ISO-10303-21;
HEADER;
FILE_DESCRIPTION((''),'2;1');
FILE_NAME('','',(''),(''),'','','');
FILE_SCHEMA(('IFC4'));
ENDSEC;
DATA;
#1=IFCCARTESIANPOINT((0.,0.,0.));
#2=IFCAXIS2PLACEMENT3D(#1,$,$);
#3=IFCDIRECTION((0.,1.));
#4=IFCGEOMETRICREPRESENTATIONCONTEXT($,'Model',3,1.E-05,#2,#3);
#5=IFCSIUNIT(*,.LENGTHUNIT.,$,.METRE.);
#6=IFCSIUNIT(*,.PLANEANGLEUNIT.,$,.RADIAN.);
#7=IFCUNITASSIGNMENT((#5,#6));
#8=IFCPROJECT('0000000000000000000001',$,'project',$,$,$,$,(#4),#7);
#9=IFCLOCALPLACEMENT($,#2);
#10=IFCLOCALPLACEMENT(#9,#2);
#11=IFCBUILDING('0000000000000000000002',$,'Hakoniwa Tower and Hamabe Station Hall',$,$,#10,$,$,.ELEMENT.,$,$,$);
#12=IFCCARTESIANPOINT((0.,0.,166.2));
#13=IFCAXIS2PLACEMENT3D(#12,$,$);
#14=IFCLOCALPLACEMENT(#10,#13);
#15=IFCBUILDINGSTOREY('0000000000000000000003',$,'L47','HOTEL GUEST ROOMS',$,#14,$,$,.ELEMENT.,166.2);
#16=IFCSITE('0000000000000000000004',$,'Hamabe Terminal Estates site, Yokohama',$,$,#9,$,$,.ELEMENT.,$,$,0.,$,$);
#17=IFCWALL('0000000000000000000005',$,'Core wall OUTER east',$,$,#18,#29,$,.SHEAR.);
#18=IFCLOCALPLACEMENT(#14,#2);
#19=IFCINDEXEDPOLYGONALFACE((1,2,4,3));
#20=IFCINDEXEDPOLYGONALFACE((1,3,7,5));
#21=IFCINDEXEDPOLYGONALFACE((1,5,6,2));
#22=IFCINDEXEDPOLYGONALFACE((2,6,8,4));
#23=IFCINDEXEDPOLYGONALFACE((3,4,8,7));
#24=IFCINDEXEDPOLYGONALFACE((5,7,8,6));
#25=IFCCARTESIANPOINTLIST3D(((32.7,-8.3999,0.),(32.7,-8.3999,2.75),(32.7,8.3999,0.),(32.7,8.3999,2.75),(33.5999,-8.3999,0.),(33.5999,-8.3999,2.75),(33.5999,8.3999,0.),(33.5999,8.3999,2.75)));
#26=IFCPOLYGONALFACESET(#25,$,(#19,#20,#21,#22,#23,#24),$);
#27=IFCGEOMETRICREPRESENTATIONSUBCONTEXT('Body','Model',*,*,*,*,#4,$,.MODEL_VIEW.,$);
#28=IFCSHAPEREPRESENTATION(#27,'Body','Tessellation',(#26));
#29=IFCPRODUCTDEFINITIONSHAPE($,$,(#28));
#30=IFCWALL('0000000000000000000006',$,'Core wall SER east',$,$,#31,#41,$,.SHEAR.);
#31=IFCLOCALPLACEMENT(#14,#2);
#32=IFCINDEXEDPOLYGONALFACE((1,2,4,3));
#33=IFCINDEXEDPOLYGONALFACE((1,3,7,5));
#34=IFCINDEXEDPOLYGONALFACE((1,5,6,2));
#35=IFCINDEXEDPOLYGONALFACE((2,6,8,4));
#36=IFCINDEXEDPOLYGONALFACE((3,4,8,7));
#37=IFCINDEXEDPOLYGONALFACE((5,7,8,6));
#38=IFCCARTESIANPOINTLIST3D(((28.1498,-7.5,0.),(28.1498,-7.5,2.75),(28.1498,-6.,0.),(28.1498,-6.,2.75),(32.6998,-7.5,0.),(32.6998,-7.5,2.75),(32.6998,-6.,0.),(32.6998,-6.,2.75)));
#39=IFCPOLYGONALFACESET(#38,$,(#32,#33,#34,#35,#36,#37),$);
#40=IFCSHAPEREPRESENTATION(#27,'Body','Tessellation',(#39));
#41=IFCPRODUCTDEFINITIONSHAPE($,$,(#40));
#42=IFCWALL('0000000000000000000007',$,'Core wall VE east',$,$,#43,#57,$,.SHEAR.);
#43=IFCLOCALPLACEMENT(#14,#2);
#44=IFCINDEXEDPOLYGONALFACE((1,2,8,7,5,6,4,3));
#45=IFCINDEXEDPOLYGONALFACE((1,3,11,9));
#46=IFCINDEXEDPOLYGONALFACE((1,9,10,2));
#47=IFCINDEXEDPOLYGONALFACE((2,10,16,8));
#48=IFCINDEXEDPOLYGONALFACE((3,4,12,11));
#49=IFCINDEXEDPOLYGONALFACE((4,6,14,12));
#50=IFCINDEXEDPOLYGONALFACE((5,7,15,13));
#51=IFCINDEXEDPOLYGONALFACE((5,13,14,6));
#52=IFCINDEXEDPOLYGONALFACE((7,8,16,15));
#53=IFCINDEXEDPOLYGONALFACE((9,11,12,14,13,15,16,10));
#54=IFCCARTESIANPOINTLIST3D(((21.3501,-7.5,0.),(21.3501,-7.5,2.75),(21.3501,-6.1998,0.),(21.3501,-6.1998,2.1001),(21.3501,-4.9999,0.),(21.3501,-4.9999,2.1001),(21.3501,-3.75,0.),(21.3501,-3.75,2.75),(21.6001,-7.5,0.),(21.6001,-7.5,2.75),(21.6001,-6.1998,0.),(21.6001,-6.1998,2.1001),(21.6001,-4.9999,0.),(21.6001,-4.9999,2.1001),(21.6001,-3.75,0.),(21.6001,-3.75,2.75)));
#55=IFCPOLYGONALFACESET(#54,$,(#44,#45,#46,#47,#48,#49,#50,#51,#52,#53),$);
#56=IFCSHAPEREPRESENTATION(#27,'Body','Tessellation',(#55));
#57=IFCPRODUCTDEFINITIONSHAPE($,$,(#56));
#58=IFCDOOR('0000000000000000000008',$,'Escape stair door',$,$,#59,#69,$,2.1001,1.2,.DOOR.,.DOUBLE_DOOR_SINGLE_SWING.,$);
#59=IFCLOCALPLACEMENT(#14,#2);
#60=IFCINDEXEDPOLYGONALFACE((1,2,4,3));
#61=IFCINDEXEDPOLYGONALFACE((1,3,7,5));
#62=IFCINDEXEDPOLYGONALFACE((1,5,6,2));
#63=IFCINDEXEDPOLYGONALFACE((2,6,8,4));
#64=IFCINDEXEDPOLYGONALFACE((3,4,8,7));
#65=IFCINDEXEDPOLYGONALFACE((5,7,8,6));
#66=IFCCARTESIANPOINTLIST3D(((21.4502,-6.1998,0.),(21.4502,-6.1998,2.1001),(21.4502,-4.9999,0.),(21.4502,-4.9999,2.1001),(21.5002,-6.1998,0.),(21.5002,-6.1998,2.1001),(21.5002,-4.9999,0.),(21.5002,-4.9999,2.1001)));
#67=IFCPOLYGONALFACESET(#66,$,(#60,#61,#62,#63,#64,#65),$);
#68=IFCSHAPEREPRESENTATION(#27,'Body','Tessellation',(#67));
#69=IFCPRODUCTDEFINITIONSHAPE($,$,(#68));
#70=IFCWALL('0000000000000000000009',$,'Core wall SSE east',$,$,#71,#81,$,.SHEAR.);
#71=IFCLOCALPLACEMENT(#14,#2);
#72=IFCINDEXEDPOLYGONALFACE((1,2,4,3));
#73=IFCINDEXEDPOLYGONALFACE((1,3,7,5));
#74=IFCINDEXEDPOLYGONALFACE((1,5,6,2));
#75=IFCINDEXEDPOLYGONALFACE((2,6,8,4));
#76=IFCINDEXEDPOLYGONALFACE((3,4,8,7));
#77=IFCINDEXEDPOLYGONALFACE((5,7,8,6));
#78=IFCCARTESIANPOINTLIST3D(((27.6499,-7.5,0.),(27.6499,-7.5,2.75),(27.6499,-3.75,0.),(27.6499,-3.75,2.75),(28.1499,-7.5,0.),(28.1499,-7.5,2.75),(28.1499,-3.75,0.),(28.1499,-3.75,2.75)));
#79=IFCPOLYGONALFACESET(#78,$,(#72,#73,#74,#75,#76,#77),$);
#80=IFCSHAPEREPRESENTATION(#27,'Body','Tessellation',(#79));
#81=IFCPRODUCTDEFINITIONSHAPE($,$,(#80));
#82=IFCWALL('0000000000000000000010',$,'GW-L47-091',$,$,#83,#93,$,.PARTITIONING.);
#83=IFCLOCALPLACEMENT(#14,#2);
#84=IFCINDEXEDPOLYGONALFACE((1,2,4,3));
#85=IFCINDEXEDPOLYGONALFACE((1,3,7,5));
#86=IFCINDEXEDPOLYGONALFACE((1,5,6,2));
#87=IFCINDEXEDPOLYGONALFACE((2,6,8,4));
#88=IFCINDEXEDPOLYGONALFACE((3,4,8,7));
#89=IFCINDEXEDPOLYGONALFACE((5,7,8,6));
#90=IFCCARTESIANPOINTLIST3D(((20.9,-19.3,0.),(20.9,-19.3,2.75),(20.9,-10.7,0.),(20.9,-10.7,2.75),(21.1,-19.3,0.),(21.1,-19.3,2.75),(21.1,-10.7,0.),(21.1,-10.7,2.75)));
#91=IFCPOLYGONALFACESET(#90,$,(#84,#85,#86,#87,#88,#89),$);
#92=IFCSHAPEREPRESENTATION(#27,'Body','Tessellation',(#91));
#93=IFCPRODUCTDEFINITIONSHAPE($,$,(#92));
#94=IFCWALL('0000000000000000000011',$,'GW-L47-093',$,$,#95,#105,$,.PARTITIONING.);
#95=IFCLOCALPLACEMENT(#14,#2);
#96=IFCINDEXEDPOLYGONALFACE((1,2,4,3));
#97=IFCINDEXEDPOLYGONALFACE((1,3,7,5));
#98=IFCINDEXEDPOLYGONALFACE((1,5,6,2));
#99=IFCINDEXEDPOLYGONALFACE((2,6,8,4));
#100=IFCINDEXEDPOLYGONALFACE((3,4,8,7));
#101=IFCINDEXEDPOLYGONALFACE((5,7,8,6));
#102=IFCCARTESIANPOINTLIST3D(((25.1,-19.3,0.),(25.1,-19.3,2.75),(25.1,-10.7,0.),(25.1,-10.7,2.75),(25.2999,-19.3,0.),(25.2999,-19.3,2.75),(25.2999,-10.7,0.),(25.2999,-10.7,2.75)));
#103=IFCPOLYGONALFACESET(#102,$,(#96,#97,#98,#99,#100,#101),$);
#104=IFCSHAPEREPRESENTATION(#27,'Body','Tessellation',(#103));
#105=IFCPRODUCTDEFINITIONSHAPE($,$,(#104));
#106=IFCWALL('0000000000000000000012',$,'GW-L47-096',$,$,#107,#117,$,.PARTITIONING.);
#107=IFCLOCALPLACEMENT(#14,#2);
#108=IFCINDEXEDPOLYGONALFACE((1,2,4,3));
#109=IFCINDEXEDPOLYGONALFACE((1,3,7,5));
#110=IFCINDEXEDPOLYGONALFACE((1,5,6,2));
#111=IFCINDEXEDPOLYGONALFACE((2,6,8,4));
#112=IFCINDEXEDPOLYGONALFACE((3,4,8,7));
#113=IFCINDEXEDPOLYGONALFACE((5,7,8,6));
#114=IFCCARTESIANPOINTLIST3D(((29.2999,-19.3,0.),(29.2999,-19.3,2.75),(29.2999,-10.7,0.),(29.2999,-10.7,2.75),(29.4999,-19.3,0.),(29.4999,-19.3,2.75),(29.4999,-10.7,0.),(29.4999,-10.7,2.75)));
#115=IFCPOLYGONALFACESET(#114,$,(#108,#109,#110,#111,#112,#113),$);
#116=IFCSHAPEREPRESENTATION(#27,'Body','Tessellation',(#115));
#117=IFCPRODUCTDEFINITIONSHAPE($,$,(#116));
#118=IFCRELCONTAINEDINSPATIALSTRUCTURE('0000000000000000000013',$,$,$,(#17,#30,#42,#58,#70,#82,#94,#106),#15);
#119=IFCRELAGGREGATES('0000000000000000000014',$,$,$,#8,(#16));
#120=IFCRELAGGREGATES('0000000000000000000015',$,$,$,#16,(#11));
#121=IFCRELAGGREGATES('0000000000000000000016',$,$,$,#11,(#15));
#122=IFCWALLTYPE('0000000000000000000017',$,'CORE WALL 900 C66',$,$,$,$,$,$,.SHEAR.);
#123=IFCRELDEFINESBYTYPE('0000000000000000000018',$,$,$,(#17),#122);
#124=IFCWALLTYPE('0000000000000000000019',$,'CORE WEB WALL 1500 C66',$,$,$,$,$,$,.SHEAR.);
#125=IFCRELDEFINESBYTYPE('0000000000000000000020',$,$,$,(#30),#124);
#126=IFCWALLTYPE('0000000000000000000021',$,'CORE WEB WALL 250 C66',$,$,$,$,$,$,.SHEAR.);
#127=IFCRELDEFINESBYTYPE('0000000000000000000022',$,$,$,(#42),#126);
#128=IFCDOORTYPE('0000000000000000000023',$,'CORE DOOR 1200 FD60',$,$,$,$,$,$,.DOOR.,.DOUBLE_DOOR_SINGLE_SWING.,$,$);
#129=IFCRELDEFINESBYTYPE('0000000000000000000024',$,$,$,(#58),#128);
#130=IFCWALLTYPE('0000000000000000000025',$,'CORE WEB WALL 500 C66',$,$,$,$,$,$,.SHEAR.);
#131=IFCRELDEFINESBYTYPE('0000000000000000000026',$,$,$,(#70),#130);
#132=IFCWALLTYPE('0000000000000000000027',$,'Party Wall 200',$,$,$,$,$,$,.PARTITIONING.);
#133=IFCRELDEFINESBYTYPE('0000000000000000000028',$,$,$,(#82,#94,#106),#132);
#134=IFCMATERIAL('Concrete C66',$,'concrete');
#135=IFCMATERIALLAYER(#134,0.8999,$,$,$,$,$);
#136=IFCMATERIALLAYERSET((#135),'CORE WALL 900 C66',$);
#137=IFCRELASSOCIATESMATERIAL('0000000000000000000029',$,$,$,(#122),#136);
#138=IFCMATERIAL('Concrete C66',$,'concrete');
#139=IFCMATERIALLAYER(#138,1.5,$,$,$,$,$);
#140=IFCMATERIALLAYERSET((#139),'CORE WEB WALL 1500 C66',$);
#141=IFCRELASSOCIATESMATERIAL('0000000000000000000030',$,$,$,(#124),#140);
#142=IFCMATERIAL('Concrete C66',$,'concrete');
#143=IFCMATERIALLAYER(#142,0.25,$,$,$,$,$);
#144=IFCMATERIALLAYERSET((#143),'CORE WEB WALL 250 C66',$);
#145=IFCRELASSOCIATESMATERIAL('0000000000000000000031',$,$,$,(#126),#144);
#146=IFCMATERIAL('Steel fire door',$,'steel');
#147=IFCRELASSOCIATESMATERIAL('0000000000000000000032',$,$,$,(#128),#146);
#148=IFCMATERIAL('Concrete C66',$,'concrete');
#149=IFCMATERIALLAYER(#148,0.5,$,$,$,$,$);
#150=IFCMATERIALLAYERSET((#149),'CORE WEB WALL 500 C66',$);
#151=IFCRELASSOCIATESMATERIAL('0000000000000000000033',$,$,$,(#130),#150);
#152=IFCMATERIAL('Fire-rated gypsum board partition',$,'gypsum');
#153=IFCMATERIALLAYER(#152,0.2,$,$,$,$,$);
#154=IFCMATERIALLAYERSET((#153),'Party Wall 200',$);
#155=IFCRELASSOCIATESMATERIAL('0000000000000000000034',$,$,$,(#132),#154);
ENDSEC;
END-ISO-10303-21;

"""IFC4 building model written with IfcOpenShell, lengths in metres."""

from ifc_helpers import new_model, si_unit, direction, frame, frame_2d, origin, place, context, subcontext, project, spatial, rectangle, extrude, material, layer, layer_set, type_object, element, fill, save


model = new_model("IFC4")

# Units and contexts
model_context = context("Model", 3, precision=1e-05, world=origin(), true_north=direction((0.0, 1.0)))
body_context = subcontext(model_context, "Body", "Model", "MODEL_VIEW")
ifc_project = project(units=[si_unit("LENGTHUNIT", "METRE"), si_unit("PLANEANGLEUNIT", "RADIAN")], contexts=[model_context])

# Site, building, storey
site_placement = place(None, origin())
site = spatial("IfcSite", under=ifc_project, at=site_placement, Name="Hamabe Terminal Estates site, Yokohama", CompositionType="ELEMENT", RefElevation=0.0)
building_placement = place(site_placement, origin())
building = spatial("IfcBuilding", under=site, at=building_placement, Name="Hakoniwa Tower and Hamabe Station Hall", CompositionType="ELEMENT")
storey_placement = place(building_placement, frame((0.0, 0.0, 166.2)))
storey = spatial("IfcBuildingStorey", under=building, at=storey_placement, Name="L47", Description="HOTEL GUEST ROOMS", CompositionType="ELEMENT", Elevation=166.2)

# Walls
ifc_material_1 = material(Name="Concrete C66", Category="concrete")
ifc_layer_1 = layer(ifc_material_1, 0.8999)
ifc_layer_set_1 = layer_set([ifc_layer_1], Name="CORE WALL 900 C66")
wall_type_1 = type_object("IfcWallType", Name="CORE WALL 900 C66", PredefinedType="SHEAR", material=ifc_layer_set_1)
wall_1_placement = place(storey_placement, frame((33.1499, -8.3999, 0.0), z_axis=(0.0, 0.0, 1.0), x_axis=(0.0, 1.0, 0.0)))
element("IfcWall", 1, at=wall_1_placement, inside=storey, type_object=wall_type_1, Name="Core wall OUTER east", PredefinedType="SHEAR", context=body_context, shape_type="SweptSolid", body=[
    extrude(rectangle(XDim=16.7998, YDim=0.8999, at=frame_2d((8.3999, 0.0))), origin(), (0.0, 0.0, 1.0), 2.75),
])
ifc_material_2 = material(Name="Concrete C66", Category="concrete")
ifc_layer_2 = layer(ifc_material_2, 1.5)
ifc_layer_set_2 = layer_set([ifc_layer_2], Name="CORE WEB WALL 1500 C66")
wall_type_2 = type_object("IfcWallType", Name="CORE WEB WALL 1500 C66", PredefinedType="SHEAR", material=ifc_layer_set_2)
wall_2_placement = place(storey_placement, frame((28.1499, -6.75, 0.0), z_axis=(0.0, 0.0, 1.0), x_axis=(1.0, 0.0, 0.0)))
element("IfcWall", 2, at=wall_2_placement, inside=storey, type_object=wall_type_2, Name="Core wall SER east", PredefinedType="SHEAR", context=body_context, shape_type="SweptSolid", body=[
    extrude(rectangle(XDim=4.55, YDim=1.5, at=frame_2d((2.2749, 0.0))), origin(), (0.0, 0.0, 1.0), 2.75),
])

# Wall, opening, door
ifc_material_3 = material(Name="Concrete C66", Category="concrete")
ifc_layer_3 = layer(ifc_material_3, 0.25)
ifc_layer_set_3 = layer_set([ifc_layer_3], Name="CORE WEB WALL 250 C66")
wall_type_3 = type_object("IfcWallType", Name="CORE WEB WALL 250 C66", PredefinedType="SHEAR", material=ifc_layer_set_3)
wall_3_placement = place(storey_placement, frame((21.4751, -7.5, 0.0), z_axis=(0.0, 0.0, 1.0), x_axis=(0.0, 1.0, 0.0)))
wall_3 = element("IfcWall", 3, at=wall_3_placement, inside=storey, type_object=wall_type_3, Name="Core wall VE east", PredefinedType="SHEAR", context=body_context, shape_type="SweptSolid", body=[
    extrude(rectangle(XDim=3.75, YDim=0.25, at=frame_2d((1.875, 0.0))), origin(), (0.0, 0.0, 1.0), 2.75),
])
opening_1_placement = place(wall_3_placement, frame((1.3, 0.0, 0.0)))
opening_1 = element("IfcOpeningElement", 4, at=opening_1_placement, cuts=wall_3, PredefinedType="OPENING", context=body_context, shape_type="SweptSolid", body=[
    extrude(rectangle(XDim=1.2, YDim=2.1001, at=frame_2d((0.6001, 1.05))), frame((0.0, 0.135, 0.0), z_axis=(0.0, -1.0, 0.0), x_axis=(1.0, 0.0, 0.0)), (0.0, 0.0, 1.0), 0.27),
])
ifc_material_4 = material(Name="Steel fire door", Category="steel")
door_type_1 = type_object("IfcDoorType", Name="CORE DOOR 1200 FD60", OperationType="DOUBLE_DOOR_SINGLE_SWING", PredefinedType="DOOR", material=ifc_material_4)
door_1_placement = place(opening_1_placement, origin())
door_1 = element("IfcDoor", 5, at=door_1_placement, inside=storey, type_object=door_type_1, Name="Escape stair door", OperationType="DOUBLE_DOOR_SINGLE_SWING", OverallHeight=2.1001, OverallWidth=1.2, PredefinedType="DOOR", context=body_context, shape_type="SweptSolid", body=[
    extrude(rectangle(XDim=1.2, YDim=2.1001, at=frame_2d((0.6001, 1.05))), frame((0.0, 0.0249, 0.0), z_axis=(0.0, -1.0, 0.0), x_axis=(1.0, 0.0, 0.0)), (0.0, 0.0, 1.0), 0.05),
])
fill(opening_1, door_1)

# Walls
ifc_material_5 = material(Name="Concrete C66", Category="concrete")
ifc_layer_4 = layer(ifc_material_5, 0.5)
ifc_layer_set_4 = layer_set([ifc_layer_4], Name="CORE WEB WALL 500 C66")
wall_type_4 = type_object("IfcWallType", Name="CORE WEB WALL 500 C66", PredefinedType="SHEAR", material=ifc_layer_set_4)
wall_4_placement = place(storey_placement, frame((27.8999, -7.5, 0.0), z_axis=(0.0, 0.0, 1.0), x_axis=(0.0, 1.0, 0.0)))
element("IfcWall", 6, at=wall_4_placement, inside=storey, type_object=wall_type_4, Name="Core wall SSE east", PredefinedType="SHEAR", context=body_context, shape_type="SweptSolid", body=[
    extrude(rectangle(XDim=3.75, YDim=0.5, at=frame_2d((1.875, 0.0))), origin(), (0.0, 0.0, 1.0), 2.75),
])
ifc_material_6 = material(Name="Fire-rated gypsum board partition", Category="gypsum")
ifc_layer_5 = layer(ifc_material_6, 0.2)
ifc_layer_set_5 = layer_set([ifc_layer_5], Name="Party Wall 200")
wall_type_5 = type_object("IfcWallType", Name="Party Wall 200", PredefinedType="PARTITIONING", material=ifc_layer_set_5)
for number, where, z_axis, x_axis, name in (
    (7, (21.0, -19.3, 0.0), (0.0, 0.0, 1.0), (0.0, 1.0, 0.0), "GW-L47-091"),
    (8, (25.2, -19.3, 0.0), (0.0, 0.0, 1.0), (0.0, 1.0, 0.0), "GW-L47-093"),
    (9, (29.3999, -19.3, 0.0), (0.0, 0.0, 1.0), (0.0, 1.0, 0.0), "GW-L47-096"),
):
    element("IfcWall", number, at=place(storey_placement, frame(where, z_axis=z_axis, x_axis=x_axis)), inside=storey, type_object=wall_type_5, Name=name, PredefinedType="PARTITIONING", context=body_context, shape_type="SweptSolid", body=[
        extrude(rectangle(XDim=8.6001, YDim=0.2, at=frame_2d((4.3, 0.0))), origin(), (0.0, 0.0, 1.0), 2.75),
    ])

save(model, "model.ifc")
